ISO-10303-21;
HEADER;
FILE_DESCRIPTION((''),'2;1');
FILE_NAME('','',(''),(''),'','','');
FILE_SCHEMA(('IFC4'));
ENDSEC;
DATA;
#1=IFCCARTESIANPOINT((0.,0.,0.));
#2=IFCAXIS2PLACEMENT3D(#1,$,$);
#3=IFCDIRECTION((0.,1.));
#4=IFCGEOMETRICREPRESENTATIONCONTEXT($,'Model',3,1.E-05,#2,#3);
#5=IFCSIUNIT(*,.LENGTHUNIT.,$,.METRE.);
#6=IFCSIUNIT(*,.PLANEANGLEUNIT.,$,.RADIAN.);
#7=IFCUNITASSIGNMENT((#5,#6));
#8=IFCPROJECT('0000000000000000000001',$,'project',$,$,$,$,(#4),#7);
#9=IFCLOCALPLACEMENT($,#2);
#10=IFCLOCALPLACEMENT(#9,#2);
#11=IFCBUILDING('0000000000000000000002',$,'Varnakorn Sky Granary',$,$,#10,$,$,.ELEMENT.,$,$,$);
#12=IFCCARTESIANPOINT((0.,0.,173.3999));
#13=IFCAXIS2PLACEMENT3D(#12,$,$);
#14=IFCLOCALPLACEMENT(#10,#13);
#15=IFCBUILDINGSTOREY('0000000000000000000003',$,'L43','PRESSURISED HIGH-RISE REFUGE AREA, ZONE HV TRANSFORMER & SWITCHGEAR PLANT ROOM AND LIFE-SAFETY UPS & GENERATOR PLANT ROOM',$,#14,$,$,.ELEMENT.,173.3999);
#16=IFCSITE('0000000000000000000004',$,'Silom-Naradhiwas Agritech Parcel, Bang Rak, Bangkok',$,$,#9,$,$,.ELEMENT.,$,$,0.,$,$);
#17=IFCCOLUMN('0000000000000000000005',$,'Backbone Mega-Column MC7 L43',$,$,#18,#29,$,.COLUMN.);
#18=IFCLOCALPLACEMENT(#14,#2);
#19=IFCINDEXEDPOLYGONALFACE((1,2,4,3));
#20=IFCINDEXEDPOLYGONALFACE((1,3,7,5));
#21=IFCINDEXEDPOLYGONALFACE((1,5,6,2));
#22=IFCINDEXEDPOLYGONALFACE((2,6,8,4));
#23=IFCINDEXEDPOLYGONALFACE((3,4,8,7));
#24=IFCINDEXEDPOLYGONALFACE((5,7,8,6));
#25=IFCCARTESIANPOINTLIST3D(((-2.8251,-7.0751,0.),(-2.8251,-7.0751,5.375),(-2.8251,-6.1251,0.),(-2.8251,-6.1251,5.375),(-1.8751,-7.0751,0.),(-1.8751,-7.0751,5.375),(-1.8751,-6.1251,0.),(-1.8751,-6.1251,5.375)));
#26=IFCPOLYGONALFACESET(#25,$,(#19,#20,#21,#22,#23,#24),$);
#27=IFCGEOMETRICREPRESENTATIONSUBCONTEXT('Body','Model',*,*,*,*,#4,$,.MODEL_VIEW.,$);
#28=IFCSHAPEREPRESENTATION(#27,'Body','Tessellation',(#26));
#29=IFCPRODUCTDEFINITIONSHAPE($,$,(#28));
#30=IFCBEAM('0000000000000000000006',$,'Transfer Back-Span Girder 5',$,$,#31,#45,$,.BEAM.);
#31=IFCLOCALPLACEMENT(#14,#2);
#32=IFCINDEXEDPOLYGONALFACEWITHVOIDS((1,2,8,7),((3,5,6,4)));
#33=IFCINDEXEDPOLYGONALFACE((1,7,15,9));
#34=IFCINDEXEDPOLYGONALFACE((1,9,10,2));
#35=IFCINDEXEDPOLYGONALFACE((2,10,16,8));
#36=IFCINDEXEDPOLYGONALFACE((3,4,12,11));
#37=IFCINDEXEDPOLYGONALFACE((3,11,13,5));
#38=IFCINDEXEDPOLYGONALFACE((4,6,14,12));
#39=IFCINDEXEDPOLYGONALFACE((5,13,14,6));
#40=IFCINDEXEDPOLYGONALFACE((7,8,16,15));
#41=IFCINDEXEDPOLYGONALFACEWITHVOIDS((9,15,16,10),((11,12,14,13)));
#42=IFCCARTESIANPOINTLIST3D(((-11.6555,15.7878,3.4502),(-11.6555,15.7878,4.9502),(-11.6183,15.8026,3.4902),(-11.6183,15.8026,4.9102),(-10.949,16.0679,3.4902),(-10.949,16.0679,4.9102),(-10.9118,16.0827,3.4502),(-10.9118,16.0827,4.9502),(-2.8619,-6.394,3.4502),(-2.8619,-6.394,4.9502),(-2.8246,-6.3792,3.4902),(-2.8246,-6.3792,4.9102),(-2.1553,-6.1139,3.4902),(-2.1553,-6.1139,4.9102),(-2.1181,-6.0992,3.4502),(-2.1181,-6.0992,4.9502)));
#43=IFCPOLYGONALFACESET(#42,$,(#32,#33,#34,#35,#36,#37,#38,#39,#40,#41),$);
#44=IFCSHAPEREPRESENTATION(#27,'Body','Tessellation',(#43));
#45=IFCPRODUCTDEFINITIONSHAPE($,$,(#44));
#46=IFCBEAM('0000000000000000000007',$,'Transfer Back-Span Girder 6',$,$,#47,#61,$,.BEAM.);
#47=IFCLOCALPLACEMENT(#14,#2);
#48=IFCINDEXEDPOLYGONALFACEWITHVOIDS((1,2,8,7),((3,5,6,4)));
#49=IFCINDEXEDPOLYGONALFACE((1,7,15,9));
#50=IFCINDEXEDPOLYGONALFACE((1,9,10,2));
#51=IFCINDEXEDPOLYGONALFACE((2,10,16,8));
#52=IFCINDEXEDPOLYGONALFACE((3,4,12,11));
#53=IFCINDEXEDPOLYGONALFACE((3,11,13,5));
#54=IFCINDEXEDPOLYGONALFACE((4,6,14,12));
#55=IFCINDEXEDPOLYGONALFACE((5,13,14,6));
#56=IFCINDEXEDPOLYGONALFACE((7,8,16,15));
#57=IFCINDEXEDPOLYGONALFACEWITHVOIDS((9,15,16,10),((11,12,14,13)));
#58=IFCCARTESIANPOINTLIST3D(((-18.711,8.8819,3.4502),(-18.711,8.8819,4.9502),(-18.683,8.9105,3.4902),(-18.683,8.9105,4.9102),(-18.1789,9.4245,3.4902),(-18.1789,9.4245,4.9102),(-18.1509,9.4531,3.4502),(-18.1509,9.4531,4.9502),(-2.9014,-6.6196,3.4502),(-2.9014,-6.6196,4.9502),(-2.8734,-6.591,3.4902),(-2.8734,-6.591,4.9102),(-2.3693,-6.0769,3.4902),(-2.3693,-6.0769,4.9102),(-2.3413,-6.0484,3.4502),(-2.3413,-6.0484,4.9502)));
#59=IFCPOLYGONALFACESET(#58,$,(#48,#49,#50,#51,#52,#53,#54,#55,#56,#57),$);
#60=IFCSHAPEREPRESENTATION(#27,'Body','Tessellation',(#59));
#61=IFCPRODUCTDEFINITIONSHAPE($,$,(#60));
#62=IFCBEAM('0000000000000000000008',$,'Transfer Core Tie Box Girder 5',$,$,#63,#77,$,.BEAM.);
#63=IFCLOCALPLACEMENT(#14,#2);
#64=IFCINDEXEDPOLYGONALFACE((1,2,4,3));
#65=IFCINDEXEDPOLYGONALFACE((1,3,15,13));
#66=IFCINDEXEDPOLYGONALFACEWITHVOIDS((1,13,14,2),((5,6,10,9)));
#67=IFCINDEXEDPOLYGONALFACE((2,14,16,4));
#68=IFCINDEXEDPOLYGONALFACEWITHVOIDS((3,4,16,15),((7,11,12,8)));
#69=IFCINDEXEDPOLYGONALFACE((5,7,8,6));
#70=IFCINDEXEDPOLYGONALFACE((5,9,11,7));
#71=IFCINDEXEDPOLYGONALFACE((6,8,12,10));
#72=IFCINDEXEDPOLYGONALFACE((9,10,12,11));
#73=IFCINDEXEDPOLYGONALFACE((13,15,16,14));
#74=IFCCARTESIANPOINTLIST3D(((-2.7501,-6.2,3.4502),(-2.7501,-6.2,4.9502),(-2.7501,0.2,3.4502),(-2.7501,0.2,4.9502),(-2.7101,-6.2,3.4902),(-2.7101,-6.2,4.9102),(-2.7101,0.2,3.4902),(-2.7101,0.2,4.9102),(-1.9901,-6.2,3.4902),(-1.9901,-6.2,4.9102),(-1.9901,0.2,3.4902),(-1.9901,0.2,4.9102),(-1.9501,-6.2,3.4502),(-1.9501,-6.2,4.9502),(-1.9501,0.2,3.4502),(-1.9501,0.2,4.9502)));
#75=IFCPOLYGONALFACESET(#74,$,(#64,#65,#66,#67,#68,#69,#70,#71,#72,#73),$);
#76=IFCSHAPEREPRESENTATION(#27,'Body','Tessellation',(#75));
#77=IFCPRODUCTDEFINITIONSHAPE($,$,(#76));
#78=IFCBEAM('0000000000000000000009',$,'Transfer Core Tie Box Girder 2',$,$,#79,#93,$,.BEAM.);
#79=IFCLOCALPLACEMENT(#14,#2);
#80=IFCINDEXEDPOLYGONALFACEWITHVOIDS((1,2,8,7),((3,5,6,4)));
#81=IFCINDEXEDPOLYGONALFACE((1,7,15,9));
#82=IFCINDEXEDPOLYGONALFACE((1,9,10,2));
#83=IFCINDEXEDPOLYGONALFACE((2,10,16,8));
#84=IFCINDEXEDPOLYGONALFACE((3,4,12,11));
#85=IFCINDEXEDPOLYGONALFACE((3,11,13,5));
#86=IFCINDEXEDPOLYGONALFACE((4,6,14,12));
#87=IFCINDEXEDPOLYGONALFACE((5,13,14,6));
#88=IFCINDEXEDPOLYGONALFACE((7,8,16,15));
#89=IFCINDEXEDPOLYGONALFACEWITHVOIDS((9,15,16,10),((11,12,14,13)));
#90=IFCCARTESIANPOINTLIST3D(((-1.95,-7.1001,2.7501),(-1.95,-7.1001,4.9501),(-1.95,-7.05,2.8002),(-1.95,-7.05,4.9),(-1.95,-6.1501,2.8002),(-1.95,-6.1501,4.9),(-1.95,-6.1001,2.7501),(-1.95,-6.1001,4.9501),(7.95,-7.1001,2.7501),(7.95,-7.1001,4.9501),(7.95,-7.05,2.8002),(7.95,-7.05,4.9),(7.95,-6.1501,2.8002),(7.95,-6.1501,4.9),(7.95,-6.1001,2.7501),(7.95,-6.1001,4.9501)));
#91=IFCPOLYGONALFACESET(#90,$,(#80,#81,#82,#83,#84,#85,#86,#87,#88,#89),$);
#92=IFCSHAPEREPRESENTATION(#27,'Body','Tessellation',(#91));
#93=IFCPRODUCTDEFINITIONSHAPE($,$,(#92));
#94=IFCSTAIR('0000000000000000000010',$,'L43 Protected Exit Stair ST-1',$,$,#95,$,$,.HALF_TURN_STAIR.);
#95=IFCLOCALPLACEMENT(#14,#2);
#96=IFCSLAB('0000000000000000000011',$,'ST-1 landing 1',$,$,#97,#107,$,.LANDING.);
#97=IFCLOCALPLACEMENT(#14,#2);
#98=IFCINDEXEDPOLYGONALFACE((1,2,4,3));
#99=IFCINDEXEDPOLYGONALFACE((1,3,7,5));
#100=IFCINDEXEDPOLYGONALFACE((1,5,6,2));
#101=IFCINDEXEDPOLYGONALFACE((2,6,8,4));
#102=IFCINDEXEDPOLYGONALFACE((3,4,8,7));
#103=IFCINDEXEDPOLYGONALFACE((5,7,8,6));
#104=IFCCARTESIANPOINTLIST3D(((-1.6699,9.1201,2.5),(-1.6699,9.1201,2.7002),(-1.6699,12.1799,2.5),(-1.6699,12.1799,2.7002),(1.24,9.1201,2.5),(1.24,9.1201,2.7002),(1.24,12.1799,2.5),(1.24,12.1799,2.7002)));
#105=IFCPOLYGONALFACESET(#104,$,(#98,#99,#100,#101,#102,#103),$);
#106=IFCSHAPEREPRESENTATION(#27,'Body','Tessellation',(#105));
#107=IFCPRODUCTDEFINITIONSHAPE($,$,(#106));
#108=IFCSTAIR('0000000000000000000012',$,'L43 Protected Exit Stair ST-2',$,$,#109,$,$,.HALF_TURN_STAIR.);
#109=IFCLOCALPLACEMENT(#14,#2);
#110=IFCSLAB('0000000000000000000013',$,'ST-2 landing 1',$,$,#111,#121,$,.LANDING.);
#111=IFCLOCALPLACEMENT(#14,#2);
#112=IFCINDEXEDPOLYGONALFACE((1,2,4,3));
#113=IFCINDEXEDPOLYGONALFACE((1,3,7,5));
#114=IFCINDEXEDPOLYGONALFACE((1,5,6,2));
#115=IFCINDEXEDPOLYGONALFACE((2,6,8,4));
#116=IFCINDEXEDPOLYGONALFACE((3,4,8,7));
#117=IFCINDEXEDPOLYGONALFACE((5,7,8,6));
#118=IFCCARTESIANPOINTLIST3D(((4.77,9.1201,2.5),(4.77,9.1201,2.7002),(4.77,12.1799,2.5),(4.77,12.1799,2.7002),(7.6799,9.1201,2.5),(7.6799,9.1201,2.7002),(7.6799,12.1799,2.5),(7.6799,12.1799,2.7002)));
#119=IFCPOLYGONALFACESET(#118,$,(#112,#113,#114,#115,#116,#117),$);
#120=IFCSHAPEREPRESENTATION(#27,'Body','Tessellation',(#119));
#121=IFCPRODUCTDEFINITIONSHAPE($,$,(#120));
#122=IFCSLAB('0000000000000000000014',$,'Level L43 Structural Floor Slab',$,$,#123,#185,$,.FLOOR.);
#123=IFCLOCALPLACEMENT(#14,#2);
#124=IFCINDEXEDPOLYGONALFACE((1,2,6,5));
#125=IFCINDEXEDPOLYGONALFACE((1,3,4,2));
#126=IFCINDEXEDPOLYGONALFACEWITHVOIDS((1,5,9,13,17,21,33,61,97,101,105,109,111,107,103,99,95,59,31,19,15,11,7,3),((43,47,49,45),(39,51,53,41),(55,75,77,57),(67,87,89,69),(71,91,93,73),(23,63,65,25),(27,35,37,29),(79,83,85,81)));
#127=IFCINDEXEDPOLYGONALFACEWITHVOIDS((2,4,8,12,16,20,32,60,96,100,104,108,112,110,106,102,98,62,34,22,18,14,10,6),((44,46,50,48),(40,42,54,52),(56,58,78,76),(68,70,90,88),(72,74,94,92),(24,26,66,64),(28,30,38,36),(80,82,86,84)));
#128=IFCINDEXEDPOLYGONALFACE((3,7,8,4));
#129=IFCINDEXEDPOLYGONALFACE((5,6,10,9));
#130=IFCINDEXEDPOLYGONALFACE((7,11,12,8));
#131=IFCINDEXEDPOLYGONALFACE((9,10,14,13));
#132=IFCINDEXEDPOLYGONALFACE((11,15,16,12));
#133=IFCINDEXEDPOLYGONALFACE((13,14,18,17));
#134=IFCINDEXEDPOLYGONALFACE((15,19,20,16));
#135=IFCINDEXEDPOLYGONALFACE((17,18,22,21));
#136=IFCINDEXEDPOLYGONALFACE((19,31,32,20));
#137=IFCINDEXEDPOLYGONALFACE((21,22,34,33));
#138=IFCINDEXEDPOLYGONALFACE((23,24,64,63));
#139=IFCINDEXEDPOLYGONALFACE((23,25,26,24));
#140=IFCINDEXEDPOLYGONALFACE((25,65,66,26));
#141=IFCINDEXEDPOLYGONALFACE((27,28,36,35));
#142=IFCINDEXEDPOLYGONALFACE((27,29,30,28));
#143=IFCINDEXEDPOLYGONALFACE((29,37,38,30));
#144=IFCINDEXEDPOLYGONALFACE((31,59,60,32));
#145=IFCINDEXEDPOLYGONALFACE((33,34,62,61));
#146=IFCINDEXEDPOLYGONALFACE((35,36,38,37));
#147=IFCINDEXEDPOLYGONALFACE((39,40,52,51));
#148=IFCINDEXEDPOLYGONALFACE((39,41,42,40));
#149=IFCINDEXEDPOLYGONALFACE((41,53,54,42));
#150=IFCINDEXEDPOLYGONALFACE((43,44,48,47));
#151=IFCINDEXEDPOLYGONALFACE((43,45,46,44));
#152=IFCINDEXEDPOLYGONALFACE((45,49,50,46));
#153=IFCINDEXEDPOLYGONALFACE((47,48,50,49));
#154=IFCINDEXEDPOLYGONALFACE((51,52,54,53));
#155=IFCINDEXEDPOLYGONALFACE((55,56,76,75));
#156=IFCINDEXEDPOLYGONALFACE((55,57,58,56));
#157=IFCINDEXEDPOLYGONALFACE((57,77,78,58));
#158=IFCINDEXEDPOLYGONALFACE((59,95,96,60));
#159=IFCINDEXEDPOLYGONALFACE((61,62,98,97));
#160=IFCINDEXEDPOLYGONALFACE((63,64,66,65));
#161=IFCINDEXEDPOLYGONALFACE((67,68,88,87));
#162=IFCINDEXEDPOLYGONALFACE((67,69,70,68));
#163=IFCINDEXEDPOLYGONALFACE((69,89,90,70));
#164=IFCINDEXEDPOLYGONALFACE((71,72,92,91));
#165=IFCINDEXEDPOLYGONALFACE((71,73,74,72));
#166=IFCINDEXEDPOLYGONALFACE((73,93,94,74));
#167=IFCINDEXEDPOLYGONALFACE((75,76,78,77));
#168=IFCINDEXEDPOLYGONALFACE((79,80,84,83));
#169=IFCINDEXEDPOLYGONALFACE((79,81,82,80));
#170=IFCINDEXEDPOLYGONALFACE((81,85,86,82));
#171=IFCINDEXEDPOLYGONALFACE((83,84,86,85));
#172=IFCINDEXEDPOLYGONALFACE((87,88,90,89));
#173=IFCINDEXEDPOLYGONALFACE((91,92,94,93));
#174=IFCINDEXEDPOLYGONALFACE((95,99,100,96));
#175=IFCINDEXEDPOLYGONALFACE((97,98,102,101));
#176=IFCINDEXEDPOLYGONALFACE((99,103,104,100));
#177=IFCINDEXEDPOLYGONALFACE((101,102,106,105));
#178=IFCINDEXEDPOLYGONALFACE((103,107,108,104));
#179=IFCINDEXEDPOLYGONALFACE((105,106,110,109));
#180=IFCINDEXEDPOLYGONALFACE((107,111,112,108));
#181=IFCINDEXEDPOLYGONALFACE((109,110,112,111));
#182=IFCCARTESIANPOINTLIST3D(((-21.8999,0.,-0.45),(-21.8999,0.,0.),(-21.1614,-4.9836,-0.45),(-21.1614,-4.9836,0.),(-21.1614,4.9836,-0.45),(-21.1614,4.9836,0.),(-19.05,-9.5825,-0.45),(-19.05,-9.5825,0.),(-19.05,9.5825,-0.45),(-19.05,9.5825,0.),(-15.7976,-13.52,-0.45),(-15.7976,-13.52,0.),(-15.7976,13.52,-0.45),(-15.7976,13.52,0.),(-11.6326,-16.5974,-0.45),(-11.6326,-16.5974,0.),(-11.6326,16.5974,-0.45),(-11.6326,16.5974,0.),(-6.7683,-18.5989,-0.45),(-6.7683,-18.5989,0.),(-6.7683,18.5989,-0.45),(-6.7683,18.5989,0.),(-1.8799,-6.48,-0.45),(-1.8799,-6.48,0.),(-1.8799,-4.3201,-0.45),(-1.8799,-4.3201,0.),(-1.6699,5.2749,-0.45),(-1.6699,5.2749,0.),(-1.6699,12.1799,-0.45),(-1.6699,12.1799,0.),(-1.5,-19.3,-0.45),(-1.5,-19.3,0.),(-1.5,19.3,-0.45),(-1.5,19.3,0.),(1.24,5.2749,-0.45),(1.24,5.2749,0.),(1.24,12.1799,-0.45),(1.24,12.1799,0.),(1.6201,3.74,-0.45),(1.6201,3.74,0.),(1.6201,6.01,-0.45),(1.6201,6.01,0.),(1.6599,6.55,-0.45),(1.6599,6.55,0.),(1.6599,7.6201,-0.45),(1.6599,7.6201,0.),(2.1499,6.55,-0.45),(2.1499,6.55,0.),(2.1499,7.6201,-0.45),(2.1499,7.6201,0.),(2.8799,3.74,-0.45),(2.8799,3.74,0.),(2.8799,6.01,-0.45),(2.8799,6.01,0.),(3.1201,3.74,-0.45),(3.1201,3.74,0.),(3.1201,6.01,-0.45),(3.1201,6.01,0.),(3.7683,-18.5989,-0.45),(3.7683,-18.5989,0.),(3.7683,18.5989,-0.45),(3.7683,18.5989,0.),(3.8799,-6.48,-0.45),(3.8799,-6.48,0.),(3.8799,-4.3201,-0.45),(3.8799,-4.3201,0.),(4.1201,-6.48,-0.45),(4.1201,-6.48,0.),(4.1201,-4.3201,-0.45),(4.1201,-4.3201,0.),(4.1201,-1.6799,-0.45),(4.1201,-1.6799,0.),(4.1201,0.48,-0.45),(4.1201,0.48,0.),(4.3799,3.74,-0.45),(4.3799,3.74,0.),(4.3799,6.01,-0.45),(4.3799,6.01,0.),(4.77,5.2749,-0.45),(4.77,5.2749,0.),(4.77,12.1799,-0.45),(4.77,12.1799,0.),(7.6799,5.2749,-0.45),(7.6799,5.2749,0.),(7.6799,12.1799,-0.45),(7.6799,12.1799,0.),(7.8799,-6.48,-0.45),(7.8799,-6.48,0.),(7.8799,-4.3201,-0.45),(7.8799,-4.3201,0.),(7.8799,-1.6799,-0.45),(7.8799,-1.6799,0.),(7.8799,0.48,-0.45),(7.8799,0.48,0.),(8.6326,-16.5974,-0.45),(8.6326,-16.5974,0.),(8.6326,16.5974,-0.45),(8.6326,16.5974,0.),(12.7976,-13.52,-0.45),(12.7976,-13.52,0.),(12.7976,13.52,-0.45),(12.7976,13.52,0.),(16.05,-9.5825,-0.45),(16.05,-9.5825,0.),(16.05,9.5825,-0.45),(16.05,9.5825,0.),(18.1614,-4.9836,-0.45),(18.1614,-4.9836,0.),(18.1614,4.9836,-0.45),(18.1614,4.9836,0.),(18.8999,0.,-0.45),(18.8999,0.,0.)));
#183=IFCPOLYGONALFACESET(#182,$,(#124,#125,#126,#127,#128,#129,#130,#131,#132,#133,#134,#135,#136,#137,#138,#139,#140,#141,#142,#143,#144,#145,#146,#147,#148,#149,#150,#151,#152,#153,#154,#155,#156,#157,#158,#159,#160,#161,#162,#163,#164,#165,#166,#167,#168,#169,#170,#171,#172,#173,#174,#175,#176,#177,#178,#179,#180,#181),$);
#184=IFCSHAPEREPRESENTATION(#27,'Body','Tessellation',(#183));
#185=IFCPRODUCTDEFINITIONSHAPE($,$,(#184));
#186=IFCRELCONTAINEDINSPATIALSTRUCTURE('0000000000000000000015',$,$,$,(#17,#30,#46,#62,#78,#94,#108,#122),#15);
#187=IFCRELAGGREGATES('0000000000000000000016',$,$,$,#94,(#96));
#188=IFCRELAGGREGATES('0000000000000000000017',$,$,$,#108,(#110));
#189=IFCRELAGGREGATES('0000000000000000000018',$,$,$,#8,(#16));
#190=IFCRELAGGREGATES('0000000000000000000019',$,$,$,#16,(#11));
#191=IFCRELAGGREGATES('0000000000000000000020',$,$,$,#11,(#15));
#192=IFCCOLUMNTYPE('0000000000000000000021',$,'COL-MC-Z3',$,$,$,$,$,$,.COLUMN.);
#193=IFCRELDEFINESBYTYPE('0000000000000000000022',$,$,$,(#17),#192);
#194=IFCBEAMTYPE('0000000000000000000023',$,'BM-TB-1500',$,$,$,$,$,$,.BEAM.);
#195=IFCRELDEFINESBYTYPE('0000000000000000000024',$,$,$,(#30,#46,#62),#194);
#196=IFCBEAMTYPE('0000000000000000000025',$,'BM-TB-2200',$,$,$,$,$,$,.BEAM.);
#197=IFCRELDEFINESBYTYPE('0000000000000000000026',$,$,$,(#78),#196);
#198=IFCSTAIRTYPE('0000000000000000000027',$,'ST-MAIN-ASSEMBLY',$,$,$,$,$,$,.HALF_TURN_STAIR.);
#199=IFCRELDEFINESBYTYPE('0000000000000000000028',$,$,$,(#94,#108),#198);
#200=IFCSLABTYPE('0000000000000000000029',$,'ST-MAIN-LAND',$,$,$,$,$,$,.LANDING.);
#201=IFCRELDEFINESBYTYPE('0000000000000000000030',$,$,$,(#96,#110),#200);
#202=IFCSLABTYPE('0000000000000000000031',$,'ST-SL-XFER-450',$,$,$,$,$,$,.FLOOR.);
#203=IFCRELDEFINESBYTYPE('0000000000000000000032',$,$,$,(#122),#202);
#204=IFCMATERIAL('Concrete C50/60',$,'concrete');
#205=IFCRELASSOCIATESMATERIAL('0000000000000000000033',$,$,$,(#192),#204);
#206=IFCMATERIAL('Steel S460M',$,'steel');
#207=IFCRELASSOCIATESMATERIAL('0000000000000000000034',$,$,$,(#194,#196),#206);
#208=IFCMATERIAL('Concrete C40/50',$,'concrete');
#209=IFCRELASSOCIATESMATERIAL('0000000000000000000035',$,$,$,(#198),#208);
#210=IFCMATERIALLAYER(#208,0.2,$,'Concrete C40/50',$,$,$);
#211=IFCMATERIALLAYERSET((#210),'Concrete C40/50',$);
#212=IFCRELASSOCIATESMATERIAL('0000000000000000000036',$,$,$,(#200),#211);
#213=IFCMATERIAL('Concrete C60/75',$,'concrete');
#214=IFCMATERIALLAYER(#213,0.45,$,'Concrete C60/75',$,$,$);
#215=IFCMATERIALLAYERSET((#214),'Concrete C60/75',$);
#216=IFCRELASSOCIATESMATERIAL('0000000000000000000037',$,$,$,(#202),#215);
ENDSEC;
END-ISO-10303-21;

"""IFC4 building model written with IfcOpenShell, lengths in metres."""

from ifc_helpers import new_model, si_unit, direction, frame, origin, origin_2d, place, context, subcontext, project, spatial, polyline, rectangle, hollow_rectangle, outline, extrude, material, layer, layer_set, material_profile, profile_set, type_object, element, aggregate, save


model = new_model("IFC4")

# Units and contexts
model_context = context("Model", 3, precision=1e-05, world=origin(), true_north=direction((0.0, 1.0)))
body_context = subcontext(model_context, "Body", "Model", "MODEL_VIEW")
ifc_project = project(units=[si_unit("LENGTHUNIT", "METRE"), si_unit("PLANEANGLEUNIT", "RADIAN")], contexts=[model_context])

# Site, building, storey
site_placement = place(None, origin())
site = spatial("IfcSite", under=ifc_project, at=site_placement, Name="Silom-Naradhiwas Agritech Parcel, Bang Rak, Bangkok", CompositionType="ELEMENT", RefElevation=0.0)
building_placement = place(site_placement, origin())
building = spatial("IfcBuilding", under=site, at=building_placement, Name="Varnakorn Sky Granary", CompositionType="ELEMENT")
storey_placement = place(building_placement, frame((0.0, 0.0, 173.3999)))
storey = spatial("IfcBuildingStorey", under=building, at=storey_placement, Name="L43", Description="PRESSURISED HIGH-RISE REFUGE AREA, ZONE HV TRANSFORMER & SWITCHGEAR PLANT ROOM AND LIFE-SAFETY UPS & GENERATOR PLANT ROOM", CompositionType="ELEMENT", Elevation=173.3999)

# Column
ifc_material_1 = material(Name="Concrete C50/60", Category="concrete")
ifc_material_profile_1 = material_profile(ifc_material_1, rectangle(XDim=0.95, YDim=0.95, at=origin_2d()), Name="RC 950x950")
ifc_profile_set_1 = profile_set([ifc_material_profile_1], Name="Concrete C50/60")
column_type = type_object("IfcColumnType", Name="COL-MC-Z3", PredefinedType="COLUMN", material=ifc_profile_set_1)
column_placement = place(storey_placement, frame((-2.3501, -6.6001, 0.0), z_axis=(0.0, 0.0, 1.0), x_axis=(1.0, 0.0, 0.0)))
element("IfcColumn", 1, at=column_placement, inside=storey, type_object=column_type, Name="Backbone Mega-Column MC7 L43", PredefinedType="COLUMN", context=body_context, shape_type="SweptSolid", body=[
    extrude(rectangle(XDim=0.95, YDim=0.95, at=origin_2d()), origin(), (0.0, 0.0, 1.0), 5.375),
])

# Beams
ifc_material_2 = material(Name="Steel S460M", Category="steel")
ifc_material_profile_2 = material_profile(ifc_material_2, hollow_rectangle(XDim=0.8, YDim=1.5, WallThickness=0.04, at=origin_2d()), Name="BOX 800x1500x40")
ifc_profile_set_2 = profile_set([ifc_material_profile_2], Name="Steel S460M")
beam_type_1 = type_object("IfcBeamType", Name="BM-TB-1500", PredefinedType="BEAM", material=ifc_profile_set_2)
beam_1_placement = place(storey_placement, frame((-2.49, -6.2466, 4.2002), z_axis=(-0.368533, 0.929615, 0.0), x_axis=(-0.929615, -0.368533, 0.0)))
element("IfcBeam", 2, at=beam_1_placement, inside=storey, type_object=beam_type_1, Name="Transfer Back-Span Girder 5", PredefinedType="BEAM", context=body_context, shape_type="SweptSolid", body=[
    extrude(hollow_rectangle(XDim=0.8, YDim=1.5, WallThickness=0.04, at=origin_2d()), origin(), (0.0, 0.0, 1.0), 23.8613),
])
beam_2_placement = place(storey_placement, frame((-2.6213, -6.334, 4.2002), z_axis=(-0.71403, 0.700115, 0.0), x_axis=(-0.700115, -0.71403, 0.0)))
element("IfcBeam", 3, at=beam_2_placement, inside=storey, type_object=beam_type_1, Name="Transfer Back-Span Girder 6", PredefinedType="BEAM", context=body_context, shape_type="SweptSolid", body=[
    extrude(hollow_rectangle(XDim=0.8, YDim=1.5, WallThickness=0.04, at=origin_2d()), origin(), (0.0, 0.0, 1.0), 22.1414),
])
beam_3_placement = place(storey_placement, frame((-2.3501, 0.2, 4.2002), z_axis=(0.0, -1.0, 0.0), x_axis=(1.0, 0.0, 0.0)))
element("IfcBeam", 4, at=beam_3_placement, inside=storey, type_object=beam_type_1, Name="Transfer Core Tie Box Girder 5", PredefinedType="BEAM", context=body_context, shape_type="SweptSolid", body=[
    extrude(hollow_rectangle(XDim=0.8, YDim=1.5, WallThickness=0.04, at=origin_2d()), origin(), (0.0, 0.0, 1.0), 6.3999),
])
ifc_material_profile_3 = material_profile(ifc_material_2, hollow_rectangle(XDim=1.0, YDim=2.2, WallThickness=0.05, at=origin_2d()), Name="BOX 1000x2200x50")
ifc_profile_set_3 = profile_set([ifc_material_profile_3], Name="Steel S460M")
beam_type_2 = type_object("IfcBeamType", Name="BM-TB-2200", PredefinedType="BEAM", material=ifc_profile_set_3)
beam_4_placement = place(storey_placement, frame((-1.95, -6.6001, 3.8501), z_axis=(1.0, 0.0, 0.0), x_axis=(0.0, 1.0, 0.0)))
element("IfcBeam", 5, at=beam_4_placement, inside=storey, type_object=beam_type_2, Name="Transfer Core Tie Box Girder 2", PredefinedType="BEAM", context=body_context, shape_type="SweptSolid", body=[
    extrude(hollow_rectangle(XDim=1.0, YDim=2.2, WallThickness=0.05, at=origin_2d()), origin(), (0.0, 0.0, 1.0), 9.8999),
])

# Stairs, slabs
ifc_material_3 = material(Name="Concrete C40/50", Category="concrete")
stair_type = type_object("IfcStairType", Name="ST-MAIN-ASSEMBLY", PredefinedType="HALF_TURN_STAIR", material=ifc_material_3)
stair_1_placement = place(storey_placement, origin())
stair_1 = element("IfcStair", 6, at=stair_1_placement, inside=storey, type_object=stair_type, Name="L43 Protected Exit Stair ST-1", PredefinedType="HALF_TURN_STAIR")
ifc_layer_1 = layer(ifc_material_3, 0.2, Name="Concrete C40/50")
ifc_layer_set_1 = layer_set([ifc_layer_1], Name="Concrete C40/50")
slab_type_1 = type_object("IfcSlabType", Name="ST-MAIN-LAND", PredefinedType="LANDING", material=ifc_layer_set_1)
slab_1_placement = place(storey_placement, frame((0.0, 0.0, 2.5)))
slab_1 = element("IfcSlab", 7, at=slab_1_placement, type_object=slab_type_1, Name="ST-1 landing 1", PredefinedType="LANDING", context=body_context, shape_type="SweptSolid", body=[
    extrude(outline(polyline([(1.24, 9.1201), (1.24, 12.1799), (-1.6699, 12.1799), (-1.6699, 9.1201), (1.24, 9.1201)])), origin(), (0.0, 0.0, 1.0), 0.2002),
])
aggregate(stair_1, [slab_1])
stair_2_placement = place(storey_placement, origin())
stair_2 = element("IfcStair", 8, at=stair_2_placement, inside=storey, type_object=stair_type, Name="L43 Protected Exit Stair ST-2", PredefinedType="HALF_TURN_STAIR")
slab_2_placement = place(storey_placement, frame((0.0, 0.0, 2.5)))
slab_2 = element("IfcSlab", 9, at=slab_2_placement, type_object=slab_type_1, Name="ST-2 landing 1", PredefinedType="LANDING", context=body_context, shape_type="SweptSolid", body=[
    extrude(outline(polyline([(7.6799, 9.1201), (7.6799, 12.1799), (4.77, 12.1799), (4.77, 9.1201), (7.6799, 9.1201)])), origin(), (0.0, 0.0, 1.0), 0.2002),
])
aggregate(stair_2, [slab_2])

# Slab
ifc_material_4 = material(Name="Concrete C60/75", Category="concrete")
ifc_layer_2 = layer(ifc_material_4, 0.45, Name="Concrete C60/75")
ifc_layer_set_2 = layer_set([ifc_layer_2], Name="Concrete C60/75")
slab_type_2 = type_object("IfcSlabType", Name="ST-SL-XFER-450", PredefinedType="FLOOR", material=ifc_layer_set_2)
slab_3_placement = place(storey_placement, frame((0.0, 0.0, -0.45)))
element("IfcSlab", 10, at=slab_3_placement, inside=storey, type_object=slab_type_2, Name="Level L43 Structural Floor Slab", PredefinedType="FLOOR", context=body_context, shape_type="SweptSolid", body=[
    extrude(outline(polyline([(18.8999, 0.0), (18.1614, 4.9836), (16.05, 9.5825), (12.7976, 13.52), (8.6326, 16.5974), (3.7683, 18.5989), (-1.5, 19.3), (-6.7683, 18.5989), (-11.6326, 16.5974), (-15.7976, 13.52), (-19.05, 9.5825), (-21.1614, 4.9836), (-21.8999, 0.0), (-21.1614, -4.9836), (-19.05, -9.5825), (-15.7976, -13.52), (-11.6326, -16.5974), (-6.7683, -18.5989), (-1.5, -19.3), (3.7683, -18.5989), (8.6326, -16.5974), (12.7976, -13.52), (16.05, -9.5825), (18.1614, -4.9836), (18.8999, 0.0)]), holes=[polyline([(1.24, 5.2749), (1.24, 12.1799), (-1.6699, 12.1799), (-1.6699, 5.2749), (1.24, 5.2749)]), polyline([(7.6799, 5.2749), (7.6799, 12.1799), (4.77, 12.1799), (4.77, 5.2749), (7.6799, 5.2749)]), polyline([(1.6599, 6.55), (2.1499, 6.55), (2.1499, 7.6201), (1.6599, 7.6201), (1.6599, 6.55)]), polyline([(1.6201, 3.74), (2.8799, 3.74), (2.8799, 6.01), (1.6201, 6.01), (1.6201, 3.74)]), polyline([(3.1201, 3.74), (4.3799, 3.74), (4.3799, 6.01), (3.1201, 6.01), (3.1201, 3.74)]), polyline([(4.1201, -1.6799), (7.8799, -1.6799), (7.8799, 0.48), (4.1201, 0.48), (4.1201, -1.6799)]), polyline([(-1.8799, -6.48), (3.8799, -6.48), (3.8799, -4.3201), (-1.8799, -4.3201), (-1.8799, -6.48)]), polyline([(4.1201, -6.48), (7.8799, -6.48), (7.8799, -4.3201), (4.1201, -4.3201), (4.1201, -6.48)])]), origin(), (0.0, 0.0, 1.0), 0.45),
])

save(model, "model.ifc")
